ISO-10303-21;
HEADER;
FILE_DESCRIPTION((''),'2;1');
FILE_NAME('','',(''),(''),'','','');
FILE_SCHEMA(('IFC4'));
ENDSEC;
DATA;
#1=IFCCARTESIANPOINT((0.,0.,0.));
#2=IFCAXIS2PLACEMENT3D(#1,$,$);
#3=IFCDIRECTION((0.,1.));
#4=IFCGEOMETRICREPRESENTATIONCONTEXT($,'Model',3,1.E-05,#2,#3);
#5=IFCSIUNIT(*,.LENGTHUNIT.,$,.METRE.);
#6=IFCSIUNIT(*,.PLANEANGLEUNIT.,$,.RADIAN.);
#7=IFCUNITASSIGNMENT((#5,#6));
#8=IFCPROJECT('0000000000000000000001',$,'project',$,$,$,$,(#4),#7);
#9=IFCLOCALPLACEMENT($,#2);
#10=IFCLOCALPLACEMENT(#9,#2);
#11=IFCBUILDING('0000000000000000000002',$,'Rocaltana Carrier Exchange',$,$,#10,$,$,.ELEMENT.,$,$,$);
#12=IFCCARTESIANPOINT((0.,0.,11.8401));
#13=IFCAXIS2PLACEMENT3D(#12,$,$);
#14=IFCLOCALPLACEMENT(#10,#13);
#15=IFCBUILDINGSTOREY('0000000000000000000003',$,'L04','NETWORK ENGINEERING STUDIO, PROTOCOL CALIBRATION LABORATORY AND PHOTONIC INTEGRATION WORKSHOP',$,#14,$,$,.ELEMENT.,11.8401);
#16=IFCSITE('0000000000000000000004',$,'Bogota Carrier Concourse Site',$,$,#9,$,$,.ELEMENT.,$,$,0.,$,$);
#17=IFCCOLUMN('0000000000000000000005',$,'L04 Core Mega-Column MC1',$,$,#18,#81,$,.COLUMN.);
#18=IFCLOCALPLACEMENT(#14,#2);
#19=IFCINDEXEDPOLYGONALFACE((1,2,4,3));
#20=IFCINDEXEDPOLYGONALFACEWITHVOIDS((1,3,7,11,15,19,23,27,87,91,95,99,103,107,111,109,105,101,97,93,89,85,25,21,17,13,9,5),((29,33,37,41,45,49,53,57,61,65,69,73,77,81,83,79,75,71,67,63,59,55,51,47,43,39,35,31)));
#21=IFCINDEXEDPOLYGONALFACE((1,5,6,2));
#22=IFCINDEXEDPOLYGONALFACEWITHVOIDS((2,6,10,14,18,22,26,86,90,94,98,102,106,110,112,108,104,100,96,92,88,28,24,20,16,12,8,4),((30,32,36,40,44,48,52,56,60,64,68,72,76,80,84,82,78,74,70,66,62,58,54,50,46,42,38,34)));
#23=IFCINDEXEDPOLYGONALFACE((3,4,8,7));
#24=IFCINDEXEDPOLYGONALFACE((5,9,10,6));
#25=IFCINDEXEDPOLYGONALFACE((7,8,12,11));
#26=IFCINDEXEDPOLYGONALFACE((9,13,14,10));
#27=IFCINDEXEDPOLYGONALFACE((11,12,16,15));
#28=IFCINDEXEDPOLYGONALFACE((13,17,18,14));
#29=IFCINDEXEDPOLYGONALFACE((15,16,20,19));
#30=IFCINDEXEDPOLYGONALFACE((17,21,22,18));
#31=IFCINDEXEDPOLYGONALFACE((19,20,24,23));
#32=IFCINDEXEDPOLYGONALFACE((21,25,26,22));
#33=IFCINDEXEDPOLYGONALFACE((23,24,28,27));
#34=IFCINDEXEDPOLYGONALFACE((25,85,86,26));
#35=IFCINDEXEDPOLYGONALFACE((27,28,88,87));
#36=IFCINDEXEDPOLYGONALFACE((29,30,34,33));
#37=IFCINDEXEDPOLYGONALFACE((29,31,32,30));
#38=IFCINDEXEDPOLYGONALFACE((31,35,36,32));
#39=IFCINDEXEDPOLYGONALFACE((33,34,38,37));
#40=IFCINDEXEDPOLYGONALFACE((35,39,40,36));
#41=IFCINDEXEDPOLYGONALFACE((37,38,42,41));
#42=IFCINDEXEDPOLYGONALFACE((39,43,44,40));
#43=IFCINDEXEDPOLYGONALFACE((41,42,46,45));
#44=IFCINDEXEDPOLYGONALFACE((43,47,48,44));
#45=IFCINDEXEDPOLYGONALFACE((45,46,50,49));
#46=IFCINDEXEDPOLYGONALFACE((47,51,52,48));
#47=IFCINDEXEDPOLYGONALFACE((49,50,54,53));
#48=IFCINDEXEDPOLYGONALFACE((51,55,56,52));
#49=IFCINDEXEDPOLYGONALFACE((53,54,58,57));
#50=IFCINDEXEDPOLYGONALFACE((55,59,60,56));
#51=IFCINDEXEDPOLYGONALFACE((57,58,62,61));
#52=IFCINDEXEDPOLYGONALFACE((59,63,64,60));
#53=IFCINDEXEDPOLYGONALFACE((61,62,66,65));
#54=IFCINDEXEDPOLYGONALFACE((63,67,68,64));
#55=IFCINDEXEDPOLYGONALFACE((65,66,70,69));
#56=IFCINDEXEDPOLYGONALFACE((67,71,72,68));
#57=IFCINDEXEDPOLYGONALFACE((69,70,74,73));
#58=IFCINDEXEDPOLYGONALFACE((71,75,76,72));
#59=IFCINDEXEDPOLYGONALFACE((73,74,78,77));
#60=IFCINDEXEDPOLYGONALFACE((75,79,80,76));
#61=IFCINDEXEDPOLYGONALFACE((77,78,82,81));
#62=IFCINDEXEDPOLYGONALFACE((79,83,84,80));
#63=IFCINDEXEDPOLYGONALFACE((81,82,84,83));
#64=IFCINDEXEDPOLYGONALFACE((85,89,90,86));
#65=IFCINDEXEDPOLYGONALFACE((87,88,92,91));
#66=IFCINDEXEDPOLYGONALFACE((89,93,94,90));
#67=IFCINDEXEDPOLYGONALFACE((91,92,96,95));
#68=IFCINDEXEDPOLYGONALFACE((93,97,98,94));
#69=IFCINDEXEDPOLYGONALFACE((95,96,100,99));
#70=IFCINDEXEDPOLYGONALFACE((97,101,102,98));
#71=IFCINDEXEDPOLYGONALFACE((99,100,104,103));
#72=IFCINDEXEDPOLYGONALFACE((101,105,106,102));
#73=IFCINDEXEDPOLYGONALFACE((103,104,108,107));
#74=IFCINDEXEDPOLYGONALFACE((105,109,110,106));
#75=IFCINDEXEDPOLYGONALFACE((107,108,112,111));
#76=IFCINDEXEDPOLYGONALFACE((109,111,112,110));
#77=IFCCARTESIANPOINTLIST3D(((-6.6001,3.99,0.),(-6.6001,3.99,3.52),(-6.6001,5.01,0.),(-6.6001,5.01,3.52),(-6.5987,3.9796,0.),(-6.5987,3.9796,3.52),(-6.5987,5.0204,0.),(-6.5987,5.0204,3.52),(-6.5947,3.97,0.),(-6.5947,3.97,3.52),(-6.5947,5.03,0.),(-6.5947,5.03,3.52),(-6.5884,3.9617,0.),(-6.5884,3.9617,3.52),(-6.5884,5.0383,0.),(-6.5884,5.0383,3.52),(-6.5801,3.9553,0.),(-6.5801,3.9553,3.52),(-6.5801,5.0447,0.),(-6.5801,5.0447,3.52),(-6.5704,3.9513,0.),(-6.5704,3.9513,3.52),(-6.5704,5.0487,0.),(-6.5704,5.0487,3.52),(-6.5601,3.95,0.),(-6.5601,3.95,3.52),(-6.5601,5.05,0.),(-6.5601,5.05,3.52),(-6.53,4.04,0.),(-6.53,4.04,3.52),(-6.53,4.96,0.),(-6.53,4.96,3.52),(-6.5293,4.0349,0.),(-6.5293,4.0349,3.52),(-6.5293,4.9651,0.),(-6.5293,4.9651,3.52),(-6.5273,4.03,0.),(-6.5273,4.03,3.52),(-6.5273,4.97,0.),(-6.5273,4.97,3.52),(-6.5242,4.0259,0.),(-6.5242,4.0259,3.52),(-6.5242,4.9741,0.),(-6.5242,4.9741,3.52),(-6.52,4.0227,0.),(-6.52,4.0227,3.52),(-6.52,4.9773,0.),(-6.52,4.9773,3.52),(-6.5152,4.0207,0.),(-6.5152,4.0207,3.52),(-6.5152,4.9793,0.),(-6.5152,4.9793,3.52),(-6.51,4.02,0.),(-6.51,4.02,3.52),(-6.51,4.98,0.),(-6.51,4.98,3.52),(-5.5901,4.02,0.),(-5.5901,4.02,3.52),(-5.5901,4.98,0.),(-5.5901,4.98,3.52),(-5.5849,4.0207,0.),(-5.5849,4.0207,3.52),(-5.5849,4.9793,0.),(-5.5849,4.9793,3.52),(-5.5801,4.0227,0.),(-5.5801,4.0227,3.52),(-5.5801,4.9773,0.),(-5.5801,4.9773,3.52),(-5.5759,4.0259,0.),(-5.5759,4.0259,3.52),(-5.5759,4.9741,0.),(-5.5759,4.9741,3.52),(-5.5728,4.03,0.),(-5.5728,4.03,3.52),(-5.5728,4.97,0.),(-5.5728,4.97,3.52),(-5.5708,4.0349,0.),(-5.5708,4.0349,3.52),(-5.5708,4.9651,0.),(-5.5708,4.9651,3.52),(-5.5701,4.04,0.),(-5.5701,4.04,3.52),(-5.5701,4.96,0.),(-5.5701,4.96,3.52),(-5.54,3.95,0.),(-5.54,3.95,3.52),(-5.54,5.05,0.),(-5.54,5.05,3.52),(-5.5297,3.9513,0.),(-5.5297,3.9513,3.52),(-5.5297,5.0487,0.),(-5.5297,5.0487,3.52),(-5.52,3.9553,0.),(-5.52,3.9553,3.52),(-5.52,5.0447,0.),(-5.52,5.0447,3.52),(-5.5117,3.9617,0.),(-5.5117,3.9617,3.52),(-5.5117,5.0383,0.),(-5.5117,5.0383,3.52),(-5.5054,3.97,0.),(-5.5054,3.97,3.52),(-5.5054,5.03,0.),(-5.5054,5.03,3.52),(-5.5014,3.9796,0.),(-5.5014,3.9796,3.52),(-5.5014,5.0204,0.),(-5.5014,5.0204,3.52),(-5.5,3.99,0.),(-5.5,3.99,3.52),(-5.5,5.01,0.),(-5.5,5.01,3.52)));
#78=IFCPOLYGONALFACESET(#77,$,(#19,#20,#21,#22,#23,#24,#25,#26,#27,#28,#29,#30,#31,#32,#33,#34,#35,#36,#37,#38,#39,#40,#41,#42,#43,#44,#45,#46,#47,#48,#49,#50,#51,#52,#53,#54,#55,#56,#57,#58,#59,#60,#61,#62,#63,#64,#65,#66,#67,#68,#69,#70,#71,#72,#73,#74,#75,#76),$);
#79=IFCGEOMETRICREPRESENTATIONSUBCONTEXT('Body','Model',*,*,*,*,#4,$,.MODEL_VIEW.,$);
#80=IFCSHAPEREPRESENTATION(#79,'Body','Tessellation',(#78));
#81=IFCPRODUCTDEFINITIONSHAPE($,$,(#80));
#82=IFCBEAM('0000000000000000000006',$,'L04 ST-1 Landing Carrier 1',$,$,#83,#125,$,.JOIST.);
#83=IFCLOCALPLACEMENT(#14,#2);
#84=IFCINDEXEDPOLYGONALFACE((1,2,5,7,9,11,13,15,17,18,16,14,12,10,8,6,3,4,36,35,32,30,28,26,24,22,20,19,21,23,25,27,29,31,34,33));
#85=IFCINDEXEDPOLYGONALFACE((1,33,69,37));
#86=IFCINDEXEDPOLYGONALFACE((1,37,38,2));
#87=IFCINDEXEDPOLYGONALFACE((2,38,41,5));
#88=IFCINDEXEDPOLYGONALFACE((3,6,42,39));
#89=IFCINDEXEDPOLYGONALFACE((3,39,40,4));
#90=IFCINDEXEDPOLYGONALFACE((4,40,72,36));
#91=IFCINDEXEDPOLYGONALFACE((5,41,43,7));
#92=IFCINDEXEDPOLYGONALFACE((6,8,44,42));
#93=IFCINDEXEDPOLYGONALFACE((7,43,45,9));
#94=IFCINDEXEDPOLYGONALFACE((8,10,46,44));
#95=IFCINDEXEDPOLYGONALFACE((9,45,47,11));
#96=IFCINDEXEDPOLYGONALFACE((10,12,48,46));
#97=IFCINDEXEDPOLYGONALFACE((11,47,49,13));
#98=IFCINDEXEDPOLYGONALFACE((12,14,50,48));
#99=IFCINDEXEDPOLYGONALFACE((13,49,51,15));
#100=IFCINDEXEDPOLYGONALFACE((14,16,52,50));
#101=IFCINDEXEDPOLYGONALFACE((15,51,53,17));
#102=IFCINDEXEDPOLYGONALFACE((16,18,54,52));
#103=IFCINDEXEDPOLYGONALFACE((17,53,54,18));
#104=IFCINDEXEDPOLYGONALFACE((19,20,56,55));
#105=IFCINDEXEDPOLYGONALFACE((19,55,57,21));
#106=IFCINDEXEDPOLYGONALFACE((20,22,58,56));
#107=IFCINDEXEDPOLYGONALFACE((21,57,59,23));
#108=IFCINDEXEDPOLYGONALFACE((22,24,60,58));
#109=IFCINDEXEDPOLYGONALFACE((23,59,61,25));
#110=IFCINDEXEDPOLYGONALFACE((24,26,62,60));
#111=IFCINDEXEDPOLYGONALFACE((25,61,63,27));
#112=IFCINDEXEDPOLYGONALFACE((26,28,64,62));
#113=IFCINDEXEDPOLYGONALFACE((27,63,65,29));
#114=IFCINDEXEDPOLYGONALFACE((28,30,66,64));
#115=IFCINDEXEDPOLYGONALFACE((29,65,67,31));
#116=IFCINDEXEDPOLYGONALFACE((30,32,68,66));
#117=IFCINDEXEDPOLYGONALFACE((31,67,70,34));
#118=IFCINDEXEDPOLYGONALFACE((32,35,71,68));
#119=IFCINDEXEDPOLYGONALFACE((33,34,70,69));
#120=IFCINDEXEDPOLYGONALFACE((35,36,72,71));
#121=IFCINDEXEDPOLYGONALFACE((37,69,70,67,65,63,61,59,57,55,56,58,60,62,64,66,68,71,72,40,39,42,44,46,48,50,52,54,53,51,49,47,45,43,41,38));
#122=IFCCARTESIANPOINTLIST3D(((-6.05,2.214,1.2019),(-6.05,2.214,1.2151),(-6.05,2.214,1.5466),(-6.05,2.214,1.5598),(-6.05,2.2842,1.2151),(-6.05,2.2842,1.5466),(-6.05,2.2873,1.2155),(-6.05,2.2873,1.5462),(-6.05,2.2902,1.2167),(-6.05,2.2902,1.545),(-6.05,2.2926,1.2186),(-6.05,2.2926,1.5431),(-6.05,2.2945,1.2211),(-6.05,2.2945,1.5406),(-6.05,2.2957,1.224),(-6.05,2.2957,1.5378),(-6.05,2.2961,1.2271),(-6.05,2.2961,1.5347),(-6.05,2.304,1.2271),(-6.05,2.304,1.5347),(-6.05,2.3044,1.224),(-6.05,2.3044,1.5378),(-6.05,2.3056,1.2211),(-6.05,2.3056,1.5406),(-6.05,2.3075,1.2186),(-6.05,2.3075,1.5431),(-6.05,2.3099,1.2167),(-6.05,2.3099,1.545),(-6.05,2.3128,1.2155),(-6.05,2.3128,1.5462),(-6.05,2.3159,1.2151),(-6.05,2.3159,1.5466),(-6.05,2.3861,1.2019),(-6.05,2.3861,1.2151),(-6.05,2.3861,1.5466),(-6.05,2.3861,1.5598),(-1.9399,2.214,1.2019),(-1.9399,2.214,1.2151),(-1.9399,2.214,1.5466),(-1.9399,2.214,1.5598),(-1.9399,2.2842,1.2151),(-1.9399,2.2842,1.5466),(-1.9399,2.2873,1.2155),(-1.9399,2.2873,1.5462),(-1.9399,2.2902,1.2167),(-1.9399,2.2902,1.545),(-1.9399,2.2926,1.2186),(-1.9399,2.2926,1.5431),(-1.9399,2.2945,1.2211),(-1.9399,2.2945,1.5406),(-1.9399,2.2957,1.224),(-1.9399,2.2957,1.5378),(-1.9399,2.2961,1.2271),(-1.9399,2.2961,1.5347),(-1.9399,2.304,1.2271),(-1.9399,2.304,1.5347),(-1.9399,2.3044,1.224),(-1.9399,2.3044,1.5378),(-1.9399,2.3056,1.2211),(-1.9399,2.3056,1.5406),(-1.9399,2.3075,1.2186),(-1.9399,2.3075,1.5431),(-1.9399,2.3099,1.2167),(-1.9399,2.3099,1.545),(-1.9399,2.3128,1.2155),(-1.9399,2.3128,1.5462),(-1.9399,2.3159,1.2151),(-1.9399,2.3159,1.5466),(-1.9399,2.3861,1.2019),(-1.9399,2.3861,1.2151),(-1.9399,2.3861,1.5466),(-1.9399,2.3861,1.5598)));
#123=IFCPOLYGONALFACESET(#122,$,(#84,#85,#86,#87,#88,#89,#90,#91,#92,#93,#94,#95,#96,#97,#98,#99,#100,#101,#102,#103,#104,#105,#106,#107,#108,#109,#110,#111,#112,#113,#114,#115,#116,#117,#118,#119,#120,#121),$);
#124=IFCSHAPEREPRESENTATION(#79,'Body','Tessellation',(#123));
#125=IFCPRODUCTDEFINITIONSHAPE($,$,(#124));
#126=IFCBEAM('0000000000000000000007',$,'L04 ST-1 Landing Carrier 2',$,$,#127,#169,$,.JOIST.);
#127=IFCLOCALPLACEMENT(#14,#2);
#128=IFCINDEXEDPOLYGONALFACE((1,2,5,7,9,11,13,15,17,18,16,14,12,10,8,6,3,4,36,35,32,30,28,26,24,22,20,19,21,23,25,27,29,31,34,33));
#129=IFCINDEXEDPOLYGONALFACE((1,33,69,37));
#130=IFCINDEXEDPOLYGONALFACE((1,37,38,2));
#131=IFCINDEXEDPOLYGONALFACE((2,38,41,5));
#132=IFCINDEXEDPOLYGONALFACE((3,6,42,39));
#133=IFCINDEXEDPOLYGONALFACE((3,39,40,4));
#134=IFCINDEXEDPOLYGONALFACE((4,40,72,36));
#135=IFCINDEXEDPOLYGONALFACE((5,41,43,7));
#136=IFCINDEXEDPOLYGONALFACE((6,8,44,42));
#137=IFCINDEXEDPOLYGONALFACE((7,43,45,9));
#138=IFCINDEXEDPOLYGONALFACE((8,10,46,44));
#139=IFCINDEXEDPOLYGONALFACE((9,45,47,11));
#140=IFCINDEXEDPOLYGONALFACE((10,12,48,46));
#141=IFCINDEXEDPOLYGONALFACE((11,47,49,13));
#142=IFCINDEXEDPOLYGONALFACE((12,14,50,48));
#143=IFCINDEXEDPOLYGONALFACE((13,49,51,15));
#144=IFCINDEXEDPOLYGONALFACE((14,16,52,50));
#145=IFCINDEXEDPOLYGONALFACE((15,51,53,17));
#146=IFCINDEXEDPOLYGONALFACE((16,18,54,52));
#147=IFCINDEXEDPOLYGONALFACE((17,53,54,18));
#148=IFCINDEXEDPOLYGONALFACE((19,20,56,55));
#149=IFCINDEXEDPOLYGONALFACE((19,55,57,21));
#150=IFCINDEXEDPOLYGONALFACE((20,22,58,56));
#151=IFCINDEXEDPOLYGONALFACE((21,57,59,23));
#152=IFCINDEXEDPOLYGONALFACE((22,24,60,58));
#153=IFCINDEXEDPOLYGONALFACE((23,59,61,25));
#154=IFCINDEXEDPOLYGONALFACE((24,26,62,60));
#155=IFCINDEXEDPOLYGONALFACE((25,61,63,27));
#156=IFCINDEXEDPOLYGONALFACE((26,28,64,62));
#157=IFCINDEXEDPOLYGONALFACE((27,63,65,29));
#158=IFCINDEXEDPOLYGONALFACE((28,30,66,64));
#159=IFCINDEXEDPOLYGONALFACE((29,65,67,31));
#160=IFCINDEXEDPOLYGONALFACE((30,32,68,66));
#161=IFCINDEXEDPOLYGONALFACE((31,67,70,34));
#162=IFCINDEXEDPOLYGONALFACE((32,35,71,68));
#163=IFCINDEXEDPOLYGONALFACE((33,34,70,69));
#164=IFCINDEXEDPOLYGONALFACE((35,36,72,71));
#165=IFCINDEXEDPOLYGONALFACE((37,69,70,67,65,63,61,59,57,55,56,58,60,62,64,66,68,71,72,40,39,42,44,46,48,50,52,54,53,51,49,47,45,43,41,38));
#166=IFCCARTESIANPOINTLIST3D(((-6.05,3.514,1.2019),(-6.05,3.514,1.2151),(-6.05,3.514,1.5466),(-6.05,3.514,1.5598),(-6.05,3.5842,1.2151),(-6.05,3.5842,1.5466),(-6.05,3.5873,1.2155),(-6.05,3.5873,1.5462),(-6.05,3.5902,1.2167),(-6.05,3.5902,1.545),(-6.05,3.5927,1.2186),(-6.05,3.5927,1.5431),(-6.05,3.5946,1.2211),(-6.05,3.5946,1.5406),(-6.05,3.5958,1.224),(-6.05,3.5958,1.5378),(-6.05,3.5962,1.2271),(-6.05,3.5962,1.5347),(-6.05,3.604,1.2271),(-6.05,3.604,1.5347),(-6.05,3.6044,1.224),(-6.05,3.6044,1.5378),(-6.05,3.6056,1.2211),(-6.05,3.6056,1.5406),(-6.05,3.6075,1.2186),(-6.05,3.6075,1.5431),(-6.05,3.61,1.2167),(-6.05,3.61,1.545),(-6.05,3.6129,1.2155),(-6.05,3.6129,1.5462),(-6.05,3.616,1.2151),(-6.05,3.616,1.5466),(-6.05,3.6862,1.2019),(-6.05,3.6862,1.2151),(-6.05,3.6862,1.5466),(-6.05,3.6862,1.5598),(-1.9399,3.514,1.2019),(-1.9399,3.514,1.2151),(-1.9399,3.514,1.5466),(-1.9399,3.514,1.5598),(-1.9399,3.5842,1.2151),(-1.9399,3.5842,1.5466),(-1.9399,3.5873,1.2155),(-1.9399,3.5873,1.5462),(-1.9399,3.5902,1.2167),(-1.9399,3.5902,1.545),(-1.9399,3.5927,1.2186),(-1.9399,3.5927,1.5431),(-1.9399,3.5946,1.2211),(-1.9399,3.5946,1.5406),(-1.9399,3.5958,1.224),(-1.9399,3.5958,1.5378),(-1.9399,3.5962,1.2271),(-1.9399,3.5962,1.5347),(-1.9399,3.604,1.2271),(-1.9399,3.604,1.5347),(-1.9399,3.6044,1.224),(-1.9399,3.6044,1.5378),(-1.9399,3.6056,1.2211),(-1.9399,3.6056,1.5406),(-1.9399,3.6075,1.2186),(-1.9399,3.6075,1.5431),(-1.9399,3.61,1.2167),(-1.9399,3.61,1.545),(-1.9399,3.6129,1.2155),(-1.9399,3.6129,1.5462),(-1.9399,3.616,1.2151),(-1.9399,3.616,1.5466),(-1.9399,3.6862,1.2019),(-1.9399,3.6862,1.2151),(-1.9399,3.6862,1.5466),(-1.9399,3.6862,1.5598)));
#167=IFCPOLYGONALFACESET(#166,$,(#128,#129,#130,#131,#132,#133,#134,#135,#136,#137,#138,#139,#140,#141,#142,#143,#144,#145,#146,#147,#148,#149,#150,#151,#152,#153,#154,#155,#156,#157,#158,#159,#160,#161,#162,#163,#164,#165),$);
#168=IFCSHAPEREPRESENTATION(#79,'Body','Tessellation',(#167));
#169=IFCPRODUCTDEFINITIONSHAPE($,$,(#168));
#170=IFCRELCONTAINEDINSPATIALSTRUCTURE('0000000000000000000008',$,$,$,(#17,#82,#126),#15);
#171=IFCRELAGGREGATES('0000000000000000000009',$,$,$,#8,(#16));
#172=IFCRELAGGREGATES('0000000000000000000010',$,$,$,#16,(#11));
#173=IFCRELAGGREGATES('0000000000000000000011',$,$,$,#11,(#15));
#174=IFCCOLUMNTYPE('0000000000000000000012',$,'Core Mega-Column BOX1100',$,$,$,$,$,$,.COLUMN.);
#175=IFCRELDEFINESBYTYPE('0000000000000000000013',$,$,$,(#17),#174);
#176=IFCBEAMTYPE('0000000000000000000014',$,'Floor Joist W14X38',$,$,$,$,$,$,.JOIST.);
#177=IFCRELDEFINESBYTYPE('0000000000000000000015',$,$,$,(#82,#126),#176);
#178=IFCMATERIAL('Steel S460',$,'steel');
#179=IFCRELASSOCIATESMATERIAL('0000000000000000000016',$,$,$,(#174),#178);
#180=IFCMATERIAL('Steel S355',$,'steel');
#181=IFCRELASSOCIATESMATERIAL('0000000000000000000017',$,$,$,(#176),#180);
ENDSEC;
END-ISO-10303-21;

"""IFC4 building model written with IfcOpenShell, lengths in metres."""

from ifc_helpers import new_model, si_unit, direction, frame, origin, origin_2d, place, context, subcontext, project, spatial, hollow_rectangle, i_section, extrude, material, material_profile, profile_set, type_object, element, save


model = new_model("IFC4")

# Units and contexts
model_context = context("Model", 3, precision=1e-05, world=origin(), true_north=direction((0.0, 1.0)))
body_context = subcontext(model_context, "Body", "Model", "MODEL_VIEW")
ifc_project = project(units=[si_unit("LENGTHUNIT", "METRE"), si_unit("PLANEANGLEUNIT", "RADIAN")], contexts=[model_context])

# Site, building, storey
site_placement = place(None, origin())
site = spatial("IfcSite", under=ifc_project, at=site_placement, Name="Bogota Carrier Concourse Site", CompositionType="ELEMENT", RefElevation=0.0)
building_placement = place(site_placement, origin())
building = spatial("IfcBuilding", under=site, at=building_placement, Name="Rocaltana Carrier Exchange", CompositionType="ELEMENT")
storey_placement = place(building_placement, frame((0.0, 0.0, 11.8401)))
storey = spatial("IfcBuildingStorey", under=building, at=storey_placement, Name="L04", Description="NETWORK ENGINEERING STUDIO, PROTOCOL CALIBRATION LABORATORY AND PHOTONIC INTEGRATION WORKSHOP", CompositionType="ELEMENT", Elevation=11.8401)

# Column
ifc_material_1 = material(Name="Steel S460", Category="steel")
ifc_material_profile_1 = material_profile(ifc_material_1, hollow_rectangle(XDim=1.1001, YDim=1.1001, WallThickness=0.0701, InnerFilletRadius=0.02, OuterFilletRadius=0.04, at=origin_2d()), Name="BOX1100X1100X70")
ifc_profile_set_1 = profile_set([ifc_material_profile_1], Name="Steel S460")
column_type = type_object("IfcColumnType", Name="Core Mega-Column BOX1100", PredefinedType="COLUMN", material=ifc_profile_set_1)
column_placement = place(storey_placement, frame((-6.05, 4.5, 0.0), z_axis=(0.0, 0.0, 1.0), x_axis=(1.0, 0.0, 0.0)))
element("IfcColumn", 1, at=column_placement, inside=storey, type_object=column_type, Name="L04 Core Mega-Column MC1", PredefinedType="COLUMN", context=body_context, shape_type="SweptSolid", body=[
    extrude(hollow_rectangle(XDim=1.1001, YDim=1.1001, WallThickness=0.0701, InnerFilletRadius=0.02, OuterFilletRadius=0.04, at=origin_2d()), origin(), (0.0, 0.0, 1.0), 3.52),
])

# Beams
ifc_material_2 = material(Name="Steel S355", Category="steel")
ifc_material_profile_2 = material_profile(ifc_material_2, i_section(OverallWidth=0.1721, OverallDepth=0.3579, WebThickness=0.0078, FlangeThickness=0.0132, FilletRadius=0.012, at=origin_2d()), Name="W14X38")
ifc_profile_set_2 = profile_set([ifc_material_profile_2], Name="Steel S355")
beam_type = type_object("IfcBeamType", Name="Floor Joist W14X38", PredefinedType="JOIST", material=ifc_profile_set_2)
for number, where, z_axis, x_axis, name in (
    (2, (-6.05, 2.3, 1.3809), (1.0, 0.0, 0.0), (0.0, 1.0, 0.0), "L04 ST-1 Landing Carrier 1"),
    (3, (-6.05, 3.6001, 1.3809), (1.0, 0.0, 0.0), (0.0, 1.0, 0.0), "L04 ST-1 Landing Carrier 2"),
):
    element("IfcBeam", number, at=place(storey_placement, frame(where, z_axis=z_axis, x_axis=x_axis)), inside=storey, type_object=beam_type, Name=name, PredefinedType="JOIST", context=body_context, shape_type="SweptSolid", body=[
        extrude(i_section(OverallWidth=0.1721, OverallDepth=0.3579, WebThickness=0.0078, FlangeThickness=0.0132, FilletRadius=0.012, at=origin_2d()), origin(), (0.0, 0.0, 1.0), 4.1101),
    ])

save(model, "model.ifc")
